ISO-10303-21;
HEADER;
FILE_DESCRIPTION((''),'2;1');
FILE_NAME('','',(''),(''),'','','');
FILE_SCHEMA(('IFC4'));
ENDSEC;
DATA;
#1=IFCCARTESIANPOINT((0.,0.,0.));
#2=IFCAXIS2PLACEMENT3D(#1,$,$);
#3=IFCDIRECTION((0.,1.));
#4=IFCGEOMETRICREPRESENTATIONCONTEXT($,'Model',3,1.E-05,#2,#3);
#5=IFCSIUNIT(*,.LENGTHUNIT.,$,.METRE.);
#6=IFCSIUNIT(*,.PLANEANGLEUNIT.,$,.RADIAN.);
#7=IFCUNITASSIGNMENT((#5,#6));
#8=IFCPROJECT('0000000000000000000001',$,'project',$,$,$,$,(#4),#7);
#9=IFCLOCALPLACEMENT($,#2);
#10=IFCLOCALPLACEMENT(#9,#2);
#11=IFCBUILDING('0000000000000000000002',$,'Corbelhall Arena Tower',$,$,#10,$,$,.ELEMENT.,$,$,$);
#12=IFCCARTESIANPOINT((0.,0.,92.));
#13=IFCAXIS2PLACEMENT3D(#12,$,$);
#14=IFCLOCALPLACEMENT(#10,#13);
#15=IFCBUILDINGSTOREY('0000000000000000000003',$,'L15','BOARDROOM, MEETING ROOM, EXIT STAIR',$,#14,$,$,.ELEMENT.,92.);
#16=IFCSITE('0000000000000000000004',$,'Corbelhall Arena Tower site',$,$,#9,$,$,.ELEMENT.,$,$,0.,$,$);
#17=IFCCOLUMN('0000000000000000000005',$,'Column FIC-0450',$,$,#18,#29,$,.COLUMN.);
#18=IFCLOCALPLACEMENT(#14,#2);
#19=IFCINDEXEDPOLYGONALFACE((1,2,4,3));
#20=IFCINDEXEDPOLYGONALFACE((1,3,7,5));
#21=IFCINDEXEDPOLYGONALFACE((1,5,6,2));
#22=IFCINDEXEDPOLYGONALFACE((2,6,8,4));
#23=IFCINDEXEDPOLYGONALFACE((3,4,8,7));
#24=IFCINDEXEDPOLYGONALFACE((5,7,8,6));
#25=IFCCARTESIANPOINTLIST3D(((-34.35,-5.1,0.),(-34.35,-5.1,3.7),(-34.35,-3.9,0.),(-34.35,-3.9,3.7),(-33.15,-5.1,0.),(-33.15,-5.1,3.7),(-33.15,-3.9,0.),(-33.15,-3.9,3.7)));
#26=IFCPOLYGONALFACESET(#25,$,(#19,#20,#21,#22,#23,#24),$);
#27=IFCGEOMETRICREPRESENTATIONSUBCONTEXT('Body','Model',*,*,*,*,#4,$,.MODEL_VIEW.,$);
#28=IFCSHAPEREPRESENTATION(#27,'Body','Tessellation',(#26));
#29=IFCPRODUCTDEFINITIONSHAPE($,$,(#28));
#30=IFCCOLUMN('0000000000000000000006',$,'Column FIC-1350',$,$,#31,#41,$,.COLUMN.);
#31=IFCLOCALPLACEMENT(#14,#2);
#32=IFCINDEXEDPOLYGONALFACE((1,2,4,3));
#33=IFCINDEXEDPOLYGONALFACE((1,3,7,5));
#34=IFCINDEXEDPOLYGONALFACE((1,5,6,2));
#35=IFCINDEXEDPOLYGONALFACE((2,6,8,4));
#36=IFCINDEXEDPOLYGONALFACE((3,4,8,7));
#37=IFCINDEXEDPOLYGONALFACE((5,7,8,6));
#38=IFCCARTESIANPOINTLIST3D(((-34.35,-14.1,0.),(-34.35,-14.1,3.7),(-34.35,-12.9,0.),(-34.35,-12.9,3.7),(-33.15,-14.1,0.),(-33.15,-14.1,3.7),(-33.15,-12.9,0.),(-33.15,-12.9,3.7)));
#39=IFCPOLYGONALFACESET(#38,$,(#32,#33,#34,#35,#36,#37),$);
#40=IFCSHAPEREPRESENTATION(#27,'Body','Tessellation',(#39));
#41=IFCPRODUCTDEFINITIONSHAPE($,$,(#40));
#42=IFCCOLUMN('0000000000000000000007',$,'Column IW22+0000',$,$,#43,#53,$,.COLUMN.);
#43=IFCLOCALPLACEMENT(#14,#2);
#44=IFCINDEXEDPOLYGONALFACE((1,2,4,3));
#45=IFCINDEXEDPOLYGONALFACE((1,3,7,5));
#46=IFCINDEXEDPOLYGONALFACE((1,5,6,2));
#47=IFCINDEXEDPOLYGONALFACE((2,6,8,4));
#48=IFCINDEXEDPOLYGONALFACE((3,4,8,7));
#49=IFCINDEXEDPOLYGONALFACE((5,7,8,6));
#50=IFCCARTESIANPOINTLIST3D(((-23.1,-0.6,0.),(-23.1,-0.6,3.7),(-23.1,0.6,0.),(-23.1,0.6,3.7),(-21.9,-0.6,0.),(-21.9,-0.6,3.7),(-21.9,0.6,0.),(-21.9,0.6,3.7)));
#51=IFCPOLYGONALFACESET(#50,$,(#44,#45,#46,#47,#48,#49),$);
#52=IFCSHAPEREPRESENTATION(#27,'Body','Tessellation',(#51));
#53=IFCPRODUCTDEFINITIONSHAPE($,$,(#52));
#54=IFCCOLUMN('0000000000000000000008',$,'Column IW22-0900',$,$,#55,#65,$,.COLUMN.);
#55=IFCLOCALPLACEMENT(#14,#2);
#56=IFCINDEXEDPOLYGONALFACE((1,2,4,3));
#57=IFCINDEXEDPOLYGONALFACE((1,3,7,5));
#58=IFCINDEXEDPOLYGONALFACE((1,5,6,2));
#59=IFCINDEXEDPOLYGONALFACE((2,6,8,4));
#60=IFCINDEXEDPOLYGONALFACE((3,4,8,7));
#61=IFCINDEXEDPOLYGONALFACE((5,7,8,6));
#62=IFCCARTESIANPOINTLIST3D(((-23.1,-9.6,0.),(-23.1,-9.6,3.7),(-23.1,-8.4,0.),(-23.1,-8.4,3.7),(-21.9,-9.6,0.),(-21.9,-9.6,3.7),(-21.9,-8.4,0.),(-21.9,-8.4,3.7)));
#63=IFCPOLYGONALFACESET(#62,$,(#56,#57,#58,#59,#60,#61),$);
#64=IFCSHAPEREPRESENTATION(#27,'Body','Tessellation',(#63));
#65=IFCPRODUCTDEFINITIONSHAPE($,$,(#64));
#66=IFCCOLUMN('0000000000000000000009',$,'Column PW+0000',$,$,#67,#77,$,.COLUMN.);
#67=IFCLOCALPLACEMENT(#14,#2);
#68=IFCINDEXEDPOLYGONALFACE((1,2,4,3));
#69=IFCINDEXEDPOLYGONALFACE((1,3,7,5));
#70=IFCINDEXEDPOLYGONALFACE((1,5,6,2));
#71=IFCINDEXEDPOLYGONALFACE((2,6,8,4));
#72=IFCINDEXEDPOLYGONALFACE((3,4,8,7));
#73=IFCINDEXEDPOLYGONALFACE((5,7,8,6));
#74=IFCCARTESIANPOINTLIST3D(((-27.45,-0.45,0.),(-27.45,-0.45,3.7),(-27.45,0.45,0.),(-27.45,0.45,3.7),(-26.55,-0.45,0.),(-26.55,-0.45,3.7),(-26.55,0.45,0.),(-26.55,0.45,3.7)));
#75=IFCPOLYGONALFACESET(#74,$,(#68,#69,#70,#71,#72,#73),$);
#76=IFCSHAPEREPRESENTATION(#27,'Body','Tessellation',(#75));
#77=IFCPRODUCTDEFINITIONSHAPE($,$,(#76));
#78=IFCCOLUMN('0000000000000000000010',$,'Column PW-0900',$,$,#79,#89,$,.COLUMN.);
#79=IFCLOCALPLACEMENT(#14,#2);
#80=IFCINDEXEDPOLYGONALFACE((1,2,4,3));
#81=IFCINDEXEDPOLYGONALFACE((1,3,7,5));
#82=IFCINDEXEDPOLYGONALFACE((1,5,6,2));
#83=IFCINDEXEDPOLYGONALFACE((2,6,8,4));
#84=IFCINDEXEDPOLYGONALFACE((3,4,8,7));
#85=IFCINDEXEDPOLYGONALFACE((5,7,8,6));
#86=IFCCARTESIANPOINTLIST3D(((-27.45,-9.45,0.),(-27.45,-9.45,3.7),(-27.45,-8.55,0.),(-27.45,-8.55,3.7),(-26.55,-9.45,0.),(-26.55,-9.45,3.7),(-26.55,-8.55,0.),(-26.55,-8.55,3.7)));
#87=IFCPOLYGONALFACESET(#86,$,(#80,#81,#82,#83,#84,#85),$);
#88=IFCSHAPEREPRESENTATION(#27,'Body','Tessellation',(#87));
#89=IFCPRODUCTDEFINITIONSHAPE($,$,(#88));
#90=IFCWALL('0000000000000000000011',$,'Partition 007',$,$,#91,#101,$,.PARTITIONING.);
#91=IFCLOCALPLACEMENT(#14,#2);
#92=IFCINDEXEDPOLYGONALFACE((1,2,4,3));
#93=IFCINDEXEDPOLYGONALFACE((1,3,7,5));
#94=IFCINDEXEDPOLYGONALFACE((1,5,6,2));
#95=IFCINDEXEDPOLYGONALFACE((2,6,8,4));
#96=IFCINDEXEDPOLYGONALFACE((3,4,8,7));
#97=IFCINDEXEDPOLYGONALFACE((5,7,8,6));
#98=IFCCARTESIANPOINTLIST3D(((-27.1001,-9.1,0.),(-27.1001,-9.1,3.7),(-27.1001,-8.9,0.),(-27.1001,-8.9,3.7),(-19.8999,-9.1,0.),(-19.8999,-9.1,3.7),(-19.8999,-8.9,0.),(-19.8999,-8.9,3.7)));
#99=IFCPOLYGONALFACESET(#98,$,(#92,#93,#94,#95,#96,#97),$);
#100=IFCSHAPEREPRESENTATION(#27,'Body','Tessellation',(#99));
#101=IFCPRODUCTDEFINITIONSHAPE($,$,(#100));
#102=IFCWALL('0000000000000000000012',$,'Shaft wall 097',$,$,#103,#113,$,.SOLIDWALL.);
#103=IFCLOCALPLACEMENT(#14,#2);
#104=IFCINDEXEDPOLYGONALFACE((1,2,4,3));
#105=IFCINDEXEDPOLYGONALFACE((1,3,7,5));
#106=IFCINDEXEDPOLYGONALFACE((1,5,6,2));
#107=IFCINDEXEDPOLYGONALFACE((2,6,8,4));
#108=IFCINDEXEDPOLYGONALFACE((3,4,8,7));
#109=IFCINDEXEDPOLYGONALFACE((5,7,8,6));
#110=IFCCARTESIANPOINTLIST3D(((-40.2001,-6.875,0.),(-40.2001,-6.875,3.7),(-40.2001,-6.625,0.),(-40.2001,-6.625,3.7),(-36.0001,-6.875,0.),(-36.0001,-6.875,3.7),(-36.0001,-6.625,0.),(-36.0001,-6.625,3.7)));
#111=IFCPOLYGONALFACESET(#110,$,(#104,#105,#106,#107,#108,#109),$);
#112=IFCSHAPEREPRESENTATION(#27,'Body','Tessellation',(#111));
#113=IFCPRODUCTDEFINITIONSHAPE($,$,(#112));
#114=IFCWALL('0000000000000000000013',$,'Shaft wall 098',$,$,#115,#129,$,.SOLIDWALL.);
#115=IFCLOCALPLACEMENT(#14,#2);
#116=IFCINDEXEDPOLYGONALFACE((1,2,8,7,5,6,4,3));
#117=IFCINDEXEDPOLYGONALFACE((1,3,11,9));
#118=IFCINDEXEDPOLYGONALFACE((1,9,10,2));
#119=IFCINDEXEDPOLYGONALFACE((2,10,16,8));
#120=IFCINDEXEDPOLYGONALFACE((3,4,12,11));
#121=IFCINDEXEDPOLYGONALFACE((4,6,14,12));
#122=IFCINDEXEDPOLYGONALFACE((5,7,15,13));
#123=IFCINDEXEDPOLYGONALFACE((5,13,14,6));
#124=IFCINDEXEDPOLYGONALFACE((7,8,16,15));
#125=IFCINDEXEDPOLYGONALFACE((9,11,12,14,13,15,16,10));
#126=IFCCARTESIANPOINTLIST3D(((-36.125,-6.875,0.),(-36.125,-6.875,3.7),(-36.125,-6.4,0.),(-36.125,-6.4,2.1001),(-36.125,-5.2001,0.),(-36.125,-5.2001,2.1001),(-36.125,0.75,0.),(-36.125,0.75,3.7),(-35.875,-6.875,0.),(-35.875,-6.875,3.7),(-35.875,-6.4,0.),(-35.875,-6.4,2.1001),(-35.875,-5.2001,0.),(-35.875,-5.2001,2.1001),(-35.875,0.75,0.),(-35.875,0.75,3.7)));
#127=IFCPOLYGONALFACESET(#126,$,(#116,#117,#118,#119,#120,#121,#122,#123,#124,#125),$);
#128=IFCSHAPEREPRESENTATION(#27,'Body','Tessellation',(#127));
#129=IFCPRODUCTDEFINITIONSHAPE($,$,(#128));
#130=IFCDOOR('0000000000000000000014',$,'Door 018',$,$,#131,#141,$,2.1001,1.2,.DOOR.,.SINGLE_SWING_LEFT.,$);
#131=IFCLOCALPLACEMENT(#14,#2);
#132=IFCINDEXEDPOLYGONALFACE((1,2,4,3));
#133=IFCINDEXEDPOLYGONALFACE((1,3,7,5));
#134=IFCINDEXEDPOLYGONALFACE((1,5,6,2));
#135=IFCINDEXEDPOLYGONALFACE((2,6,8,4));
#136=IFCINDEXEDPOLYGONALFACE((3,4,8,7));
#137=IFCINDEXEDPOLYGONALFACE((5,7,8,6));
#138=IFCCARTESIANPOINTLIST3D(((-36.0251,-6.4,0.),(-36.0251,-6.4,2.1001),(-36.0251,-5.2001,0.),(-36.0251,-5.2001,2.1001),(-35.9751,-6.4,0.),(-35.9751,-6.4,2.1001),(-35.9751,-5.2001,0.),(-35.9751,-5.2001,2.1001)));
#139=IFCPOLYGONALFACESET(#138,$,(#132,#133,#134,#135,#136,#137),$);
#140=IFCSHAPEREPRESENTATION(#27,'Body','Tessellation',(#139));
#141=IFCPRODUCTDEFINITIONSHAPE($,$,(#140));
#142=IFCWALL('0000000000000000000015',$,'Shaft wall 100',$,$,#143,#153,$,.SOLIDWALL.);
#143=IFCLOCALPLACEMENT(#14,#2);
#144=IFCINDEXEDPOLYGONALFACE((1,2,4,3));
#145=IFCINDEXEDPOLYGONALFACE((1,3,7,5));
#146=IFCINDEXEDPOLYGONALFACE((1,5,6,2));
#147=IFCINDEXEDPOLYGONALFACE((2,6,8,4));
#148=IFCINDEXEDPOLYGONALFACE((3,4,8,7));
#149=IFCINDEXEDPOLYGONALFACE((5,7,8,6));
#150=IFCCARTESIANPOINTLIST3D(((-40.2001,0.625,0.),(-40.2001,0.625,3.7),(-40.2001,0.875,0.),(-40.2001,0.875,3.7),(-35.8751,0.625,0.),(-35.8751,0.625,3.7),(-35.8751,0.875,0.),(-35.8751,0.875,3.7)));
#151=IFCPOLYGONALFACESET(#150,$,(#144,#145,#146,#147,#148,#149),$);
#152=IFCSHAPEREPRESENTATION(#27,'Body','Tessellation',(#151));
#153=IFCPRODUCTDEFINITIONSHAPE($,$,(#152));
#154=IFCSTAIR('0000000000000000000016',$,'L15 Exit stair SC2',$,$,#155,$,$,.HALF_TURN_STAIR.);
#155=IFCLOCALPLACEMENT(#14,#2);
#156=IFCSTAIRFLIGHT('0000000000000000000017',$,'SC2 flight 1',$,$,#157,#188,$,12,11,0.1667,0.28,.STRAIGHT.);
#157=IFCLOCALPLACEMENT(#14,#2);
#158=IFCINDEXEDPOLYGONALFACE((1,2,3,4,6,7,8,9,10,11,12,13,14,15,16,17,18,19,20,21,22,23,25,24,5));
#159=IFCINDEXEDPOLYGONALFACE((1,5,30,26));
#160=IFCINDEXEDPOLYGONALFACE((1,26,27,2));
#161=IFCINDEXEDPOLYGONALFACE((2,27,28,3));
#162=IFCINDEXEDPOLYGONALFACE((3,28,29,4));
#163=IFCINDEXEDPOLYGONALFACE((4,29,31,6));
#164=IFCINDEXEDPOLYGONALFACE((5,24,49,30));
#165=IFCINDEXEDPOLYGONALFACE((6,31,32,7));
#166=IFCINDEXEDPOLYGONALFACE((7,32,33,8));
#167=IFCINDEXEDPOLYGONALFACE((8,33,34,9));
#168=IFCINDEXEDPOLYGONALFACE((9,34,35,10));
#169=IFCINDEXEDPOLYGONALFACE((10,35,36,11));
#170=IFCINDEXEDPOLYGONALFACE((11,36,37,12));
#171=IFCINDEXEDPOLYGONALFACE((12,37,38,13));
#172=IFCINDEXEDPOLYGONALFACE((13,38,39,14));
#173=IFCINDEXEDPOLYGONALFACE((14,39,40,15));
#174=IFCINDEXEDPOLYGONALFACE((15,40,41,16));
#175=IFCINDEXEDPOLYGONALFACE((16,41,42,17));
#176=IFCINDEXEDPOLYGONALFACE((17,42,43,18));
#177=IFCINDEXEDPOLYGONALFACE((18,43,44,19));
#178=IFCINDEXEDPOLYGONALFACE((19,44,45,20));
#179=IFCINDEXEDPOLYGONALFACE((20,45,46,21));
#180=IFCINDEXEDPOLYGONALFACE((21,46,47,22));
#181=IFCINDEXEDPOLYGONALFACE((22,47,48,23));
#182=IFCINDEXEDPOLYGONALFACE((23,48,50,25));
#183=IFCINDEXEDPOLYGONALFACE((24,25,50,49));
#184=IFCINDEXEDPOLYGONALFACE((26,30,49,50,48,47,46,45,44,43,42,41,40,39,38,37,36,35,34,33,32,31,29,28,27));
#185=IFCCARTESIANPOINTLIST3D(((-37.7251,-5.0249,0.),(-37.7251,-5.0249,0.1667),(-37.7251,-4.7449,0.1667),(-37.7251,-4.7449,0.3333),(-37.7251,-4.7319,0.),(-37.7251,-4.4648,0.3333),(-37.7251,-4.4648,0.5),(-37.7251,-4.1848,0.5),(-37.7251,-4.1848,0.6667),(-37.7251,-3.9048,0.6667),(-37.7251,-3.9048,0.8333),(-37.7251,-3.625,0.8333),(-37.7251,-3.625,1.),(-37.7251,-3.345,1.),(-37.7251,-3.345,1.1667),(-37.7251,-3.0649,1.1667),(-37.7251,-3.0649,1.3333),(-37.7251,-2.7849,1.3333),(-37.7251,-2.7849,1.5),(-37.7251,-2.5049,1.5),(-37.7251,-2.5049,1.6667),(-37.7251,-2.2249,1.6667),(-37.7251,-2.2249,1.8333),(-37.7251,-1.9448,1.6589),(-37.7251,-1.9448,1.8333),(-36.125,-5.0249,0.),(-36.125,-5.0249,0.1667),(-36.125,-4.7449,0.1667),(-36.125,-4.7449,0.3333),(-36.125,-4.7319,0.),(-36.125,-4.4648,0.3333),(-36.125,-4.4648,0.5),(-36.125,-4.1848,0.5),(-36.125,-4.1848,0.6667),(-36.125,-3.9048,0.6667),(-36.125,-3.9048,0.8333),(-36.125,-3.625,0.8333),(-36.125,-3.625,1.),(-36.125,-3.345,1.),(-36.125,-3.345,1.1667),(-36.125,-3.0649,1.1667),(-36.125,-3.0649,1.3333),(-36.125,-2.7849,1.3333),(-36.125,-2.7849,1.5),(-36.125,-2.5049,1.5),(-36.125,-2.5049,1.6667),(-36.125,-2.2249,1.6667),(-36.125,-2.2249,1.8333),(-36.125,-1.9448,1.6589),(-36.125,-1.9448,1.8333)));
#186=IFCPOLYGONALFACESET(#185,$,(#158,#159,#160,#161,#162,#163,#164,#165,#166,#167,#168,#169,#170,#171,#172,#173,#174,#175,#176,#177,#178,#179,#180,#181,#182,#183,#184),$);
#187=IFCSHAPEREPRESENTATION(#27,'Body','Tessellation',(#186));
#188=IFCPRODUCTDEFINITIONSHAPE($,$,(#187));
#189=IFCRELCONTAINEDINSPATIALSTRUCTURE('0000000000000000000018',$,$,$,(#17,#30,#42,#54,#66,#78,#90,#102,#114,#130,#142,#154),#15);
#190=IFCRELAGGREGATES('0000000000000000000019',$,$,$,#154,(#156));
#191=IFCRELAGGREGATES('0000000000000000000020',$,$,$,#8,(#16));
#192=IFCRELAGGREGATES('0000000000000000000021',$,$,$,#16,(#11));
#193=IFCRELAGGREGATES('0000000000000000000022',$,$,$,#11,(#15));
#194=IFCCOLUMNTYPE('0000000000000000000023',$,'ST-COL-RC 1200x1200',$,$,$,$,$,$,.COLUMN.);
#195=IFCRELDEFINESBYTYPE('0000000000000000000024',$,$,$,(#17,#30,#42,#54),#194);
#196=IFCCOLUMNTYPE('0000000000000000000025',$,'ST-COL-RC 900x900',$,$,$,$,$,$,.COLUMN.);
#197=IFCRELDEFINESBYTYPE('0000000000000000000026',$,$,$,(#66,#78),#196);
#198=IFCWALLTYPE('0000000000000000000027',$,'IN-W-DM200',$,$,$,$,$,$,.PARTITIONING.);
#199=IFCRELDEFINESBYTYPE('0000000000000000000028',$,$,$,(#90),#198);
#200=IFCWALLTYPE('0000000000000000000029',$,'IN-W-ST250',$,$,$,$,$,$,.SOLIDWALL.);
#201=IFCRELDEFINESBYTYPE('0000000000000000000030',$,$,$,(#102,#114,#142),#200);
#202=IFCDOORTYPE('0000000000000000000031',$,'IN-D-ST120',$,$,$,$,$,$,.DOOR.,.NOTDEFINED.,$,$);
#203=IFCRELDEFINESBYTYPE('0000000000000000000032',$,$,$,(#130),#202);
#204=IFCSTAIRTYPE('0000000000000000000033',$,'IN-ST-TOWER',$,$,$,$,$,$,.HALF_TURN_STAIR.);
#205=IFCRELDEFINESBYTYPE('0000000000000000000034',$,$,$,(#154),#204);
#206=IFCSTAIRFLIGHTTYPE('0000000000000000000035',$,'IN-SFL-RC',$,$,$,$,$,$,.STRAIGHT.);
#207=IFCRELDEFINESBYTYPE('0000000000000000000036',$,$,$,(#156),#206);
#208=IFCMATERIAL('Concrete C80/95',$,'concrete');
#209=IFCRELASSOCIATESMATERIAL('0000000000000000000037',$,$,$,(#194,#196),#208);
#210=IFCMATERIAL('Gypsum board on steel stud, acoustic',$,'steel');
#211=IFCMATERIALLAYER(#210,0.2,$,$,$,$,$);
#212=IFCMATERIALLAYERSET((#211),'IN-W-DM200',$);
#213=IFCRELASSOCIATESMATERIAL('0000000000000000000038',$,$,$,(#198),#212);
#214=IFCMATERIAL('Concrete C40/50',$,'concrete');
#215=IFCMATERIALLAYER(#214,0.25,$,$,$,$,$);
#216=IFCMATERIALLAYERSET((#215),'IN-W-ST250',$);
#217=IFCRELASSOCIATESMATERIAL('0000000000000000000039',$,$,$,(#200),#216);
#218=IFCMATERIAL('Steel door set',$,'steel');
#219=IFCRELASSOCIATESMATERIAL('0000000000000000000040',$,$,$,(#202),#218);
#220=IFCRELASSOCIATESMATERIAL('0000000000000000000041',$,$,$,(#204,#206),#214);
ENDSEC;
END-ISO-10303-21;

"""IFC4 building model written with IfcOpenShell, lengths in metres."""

from ifc_helpers import new_model, si_unit, direction, frame, frame_2d, origin, origin_2d, place, context, subcontext, project, spatial, polyline, rectangle, outline, extrude, material, layer, layer_set, material_profile, profile_set, type_object, element, fill, aggregate, save


model = new_model("IFC4")

# Units and contexts
model_context = context("Model", 3, precision=1e-05, world=origin(), true_north=direction((0.0, 1.0)))
body_context = subcontext(model_context, "Body", "Model", "MODEL_VIEW")
ifc_project = project(units=[si_unit("LENGTHUNIT", "METRE"), si_unit("PLANEANGLEUNIT", "RADIAN")], contexts=[model_context])

# Site, building, storey
site_placement = place(None, origin())
site = spatial("IfcSite", under=ifc_project, at=site_placement, Name="Corbelhall Arena Tower site", CompositionType="ELEMENT", RefElevation=0.0)
building_placement = place(site_placement, origin())
building = spatial("IfcBuilding", under=site, at=building_placement, Name="Corbelhall Arena Tower", CompositionType="ELEMENT")
storey_placement = place(building_placement, frame((0.0, 0.0, 92.0)))
storey = spatial("IfcBuildingStorey", under=building, at=storey_placement, Name="L15", Description="BOARDROOM, MEETING ROOM, EXIT STAIR", CompositionType="ELEMENT", Elevation=92.0)

# Columns
ifc_material_1 = material(Name="Concrete C80/95", Category="concrete")
ifc_material_profile_1 = material_profile(ifc_material_1, rectangle(XDim=1.2, YDim=1.2, at=origin_2d()))
ifc_profile_set_1 = profile_set([ifc_material_profile_1], Name="Concrete C80/95")
column_type_1 = type_object("IfcColumnType", Name="ST-COL-RC 1200x1200", PredefinedType="COLUMN", material=ifc_profile_set_1)
for number, where, z_axis, x_axis, name in (
    (1, (-33.75, -4.5, 0.0), (0.0, 0.0, 1.0), (1.0, 0.0, 0.0), "Column FIC-0450"),
    (2, (-33.75, -13.5, 0.0), (0.0, 0.0, 1.0), (1.0, 0.0, 0.0), "Column FIC-1350"),
    (3, (-22.5, 0.0, 0.0), (0.0, 0.0, 1.0), (1.0, 0.0, 0.0), "Column IW22+0000"),
    (4, (-22.5, -9.0, 0.0), (0.0, 0.0, 1.0), (1.0, 0.0, 0.0), "Column IW22-0900"),
):
    element("IfcColumn", number, at=place(storey_placement, frame(where, z_axis=z_axis, x_axis=x_axis)), inside=storey, type_object=column_type_1, Name=name, PredefinedType="COLUMN", context=body_context, shape_type="SweptSolid", body=[
        extrude(rectangle(XDim=1.2, YDim=1.2, at=origin_2d()), origin(), (0.0, 0.0, 1.0), 3.7),
    ])
ifc_material_profile_2 = material_profile(ifc_material_1, rectangle(XDim=0.8999, YDim=0.8999, at=origin_2d()))
ifc_profile_set_2 = profile_set([ifc_material_profile_2], Name="Concrete C80/95")
column_type_2 = type_object("IfcColumnType", Name="ST-COL-RC 900x900", PredefinedType="COLUMN", material=ifc_profile_set_2)
for number, where, z_axis, x_axis, name in (
    (5, (-27.0, 0.0, 0.0), (0.0, 0.0, 1.0), (1.0, 0.0, 0.0), "Column PW+0000"),
    (6, (-27.0, -9.0, 0.0), (0.0, 0.0, 1.0), (1.0, 0.0, 0.0), "Column PW-0900"),
):
    element("IfcColumn", number, at=place(storey_placement, frame(where, z_axis=z_axis, x_axis=x_axis)), inside=storey, type_object=column_type_2, Name=name, PredefinedType="COLUMN", context=body_context, shape_type="SweptSolid", body=[
        extrude(rectangle(XDim=0.8999, YDim=0.8999, at=origin_2d()), origin(), (0.0, 0.0, 1.0), 3.7),
    ])

# Shared definitions
ifc_material_2 = material(Name="Gypsum board on steel stud, acoustic", Category="steel")
ifc_layer_1 = layer(ifc_material_2, 0.2)
ifc_layer_set_1 = layer_set([ifc_layer_1], Name="IN-W-DM200")
wall_type_1 = type_object("IfcWallType", Name="IN-W-DM200", PredefinedType="PARTITIONING", material=ifc_layer_set_1)
ifc_material_3 = material(Name="Steel door set", Category="steel")

# Walls
wall_1_placement = place(storey_placement, frame((-27.1001, -9.0, 0.0), z_axis=(0.0, 0.0, 1.0), x_axis=(1.0, 0.0, 0.0)))
element("IfcWall", 7, at=wall_1_placement, inside=storey, type_object=wall_type_1, Name="Partition 007", PredefinedType="PARTITIONING", context=body_context, shape_type="SweptSolid", body=[
    extrude(rectangle(XDim=7.2002, YDim=0.2, at=frame_2d((3.6001, 0.0))), origin(), (0.0, 0.0, 1.0), 3.7),
])
ifc_material_4 = material(Name="Concrete C40/50", Category="concrete")
ifc_layer_2 = layer(ifc_material_4, 0.25)
ifc_layer_set_2 = layer_set([ifc_layer_2], Name="IN-W-ST250")
wall_type_2 = type_object("IfcWallType", Name="IN-W-ST250", PredefinedType="SOLIDWALL", material=ifc_layer_set_2)
wall_2_placement = place(storey_placement, frame((-36.0, -6.75, 0.0), z_axis=(0.0, 0.0, 1.0), x_axis=(-1.0, 0.0, 0.0)))
element("IfcWall", 8, at=wall_2_placement, inside=storey, type_object=wall_type_2, Name="Shaft wall 097", PredefinedType="SOLIDWALL", context=body_context, shape_type="SweptSolid", body=[
    extrude(rectangle(XDim=4.2, YDim=0.25, at=frame_2d((2.1001, 0.0))), origin(), (0.0, 0.0, 1.0), 3.7),
])

# Wall, opening, door
wall_3_placement = place(storey_placement, frame((-36.0, 0.75, 0.0), z_axis=(0.0, 0.0, 1.0), x_axis=(0.0, -1.0, 0.0)))
wall_3 = element("IfcWall", 9, at=wall_3_placement, inside=storey, type_object=wall_type_2, Name="Shaft wall 098", PredefinedType="SOLIDWALL", context=body_context, shape_type="SweptSolid", body=[
    extrude(rectangle(XDim=7.625, YDim=0.25, at=frame_2d((3.8125, 0.0))), origin(), (0.0, 0.0, 1.0), 3.7),
])
opening_1_placement = place(wall_3_placement, frame((5.95, 0.0, 0.0)))
opening_1 = element("IfcOpeningElement", 10, at=opening_1_placement, cuts=wall_3, PredefinedType="OPENING", context=body_context, shape_type="SweptSolid", body=[
    extrude(rectangle(XDim=1.2, YDim=2.1001, at=frame_2d((0.6001, 1.05))), frame((0.0, 0.125, 0.0), z_axis=(0.0, -1.0, 0.0), x_axis=(1.0, 0.0, 0.0)), (0.0, 0.0, 1.0), 0.25),
])
door_type_1 = type_object("IfcDoorType", Name="IN-D-ST120", OperationType="NOTDEFINED", PredefinedType="DOOR", material=ifc_material_3)
door_1_placement = place(opening_1_placement, origin())
door_1 = element("IfcDoor", 11, at=door_1_placement, inside=storey, type_object=door_type_1, Name="Door 018", OperationType="SINGLE_SWING_LEFT", OverallHeight=2.1001, OverallWidth=1.2, PredefinedType="DOOR", context=body_context, shape_type="SweptSolid", body=[
    extrude(rectangle(XDim=1.2, YDim=2.1001, at=frame_2d((0.6001, 1.05))), frame((0.0, 0.0249, 0.0), z_axis=(0.0, -1.0, 0.0), x_axis=(1.0, 0.0, 0.0)), (0.0, 0.0, 1.0), 0.05),
])
fill(opening_1, door_1)

# Wall
wall_4_placement = place(storey_placement, frame((-35.875, 0.75, 0.0), z_axis=(0.0, 0.0, 1.0), x_axis=(-1.0, 0.0, 0.0)))
element("IfcWall", 12, at=wall_4_placement, inside=storey, type_object=wall_type_2, Name="Shaft wall 100", PredefinedType="SOLIDWALL", context=body_context, shape_type="SweptSolid", body=[
    extrude(rectangle(XDim=4.325, YDim=0.25, at=frame_2d((2.1626, 0.0))), origin(), (0.0, 0.0, 1.0), 3.7),
])

# Stair, stair flight
stair_type = type_object("IfcStairType", Name="IN-ST-TOWER", PredefinedType="HALF_TURN_STAIR", material=ifc_material_4)
stair_placement = place(storey_placement, origin())
stair = element("IfcStair", 13, at=stair_placement, inside=storey, type_object=stair_type, Name="L15 Exit stair SC2", PredefinedType="HALF_TURN_STAIR")
stair_flight_type = type_object("IfcStairFlightType", Name="IN-SFL-RC", PredefinedType="STRAIGHT", material=ifc_material_4)
stair_flight_placement = place(storey_placement, frame((-36.925, -5.0249, 0.0), z_axis=(0.0, 0.0, 1.0), x_axis=(0.0, 1.0, 0.0)))
stair_flight = element("IfcStairFlight", 14, at=stair_flight_placement, type_object=stair_flight_type, Name="SC2 flight 1", NumberOfRisers=12, NumberOfTreads=11, PredefinedType="STRAIGHT", RiserHeight=0.1667, TreadLength=0.28, context=body_context, shape_type="SweptSolid", body=[
    extrude(outline(polyline([(0.0, 0.0), (0.0, 0.1667), (0.28, 0.1667), (0.28, 0.3333), (0.5601, 0.3333), (0.5601, 0.5), (0.8401, 0.5), (0.8401, 0.6667), (1.1201, 0.6667), (1.1201, 0.8333), (1.3999, 0.8333), (1.3999, 1.0), (1.6799, 1.0), (1.6799, 1.1667), (1.96, 1.1667), (1.96, 1.3333), (2.24, 1.3333), (2.24, 1.5), (2.52, 1.5), (2.52, 1.6667), (2.8, 1.6667), (2.8, 1.8333), (3.0801, 1.8333), (3.0801, 2.0), (3.0801, 1.6589), (0.293, 0.0), (0.0, 0.0)])), frame((0.0, 0.8, 0.0), z_axis=(0.0, -1.0, 0.0), x_axis=(1.0, 0.0, 0.0)), (0.0, 0.0, 1.0), 1.6001),
])
aggregate(stair, [stair_flight])

save(model, "model.ifc")
